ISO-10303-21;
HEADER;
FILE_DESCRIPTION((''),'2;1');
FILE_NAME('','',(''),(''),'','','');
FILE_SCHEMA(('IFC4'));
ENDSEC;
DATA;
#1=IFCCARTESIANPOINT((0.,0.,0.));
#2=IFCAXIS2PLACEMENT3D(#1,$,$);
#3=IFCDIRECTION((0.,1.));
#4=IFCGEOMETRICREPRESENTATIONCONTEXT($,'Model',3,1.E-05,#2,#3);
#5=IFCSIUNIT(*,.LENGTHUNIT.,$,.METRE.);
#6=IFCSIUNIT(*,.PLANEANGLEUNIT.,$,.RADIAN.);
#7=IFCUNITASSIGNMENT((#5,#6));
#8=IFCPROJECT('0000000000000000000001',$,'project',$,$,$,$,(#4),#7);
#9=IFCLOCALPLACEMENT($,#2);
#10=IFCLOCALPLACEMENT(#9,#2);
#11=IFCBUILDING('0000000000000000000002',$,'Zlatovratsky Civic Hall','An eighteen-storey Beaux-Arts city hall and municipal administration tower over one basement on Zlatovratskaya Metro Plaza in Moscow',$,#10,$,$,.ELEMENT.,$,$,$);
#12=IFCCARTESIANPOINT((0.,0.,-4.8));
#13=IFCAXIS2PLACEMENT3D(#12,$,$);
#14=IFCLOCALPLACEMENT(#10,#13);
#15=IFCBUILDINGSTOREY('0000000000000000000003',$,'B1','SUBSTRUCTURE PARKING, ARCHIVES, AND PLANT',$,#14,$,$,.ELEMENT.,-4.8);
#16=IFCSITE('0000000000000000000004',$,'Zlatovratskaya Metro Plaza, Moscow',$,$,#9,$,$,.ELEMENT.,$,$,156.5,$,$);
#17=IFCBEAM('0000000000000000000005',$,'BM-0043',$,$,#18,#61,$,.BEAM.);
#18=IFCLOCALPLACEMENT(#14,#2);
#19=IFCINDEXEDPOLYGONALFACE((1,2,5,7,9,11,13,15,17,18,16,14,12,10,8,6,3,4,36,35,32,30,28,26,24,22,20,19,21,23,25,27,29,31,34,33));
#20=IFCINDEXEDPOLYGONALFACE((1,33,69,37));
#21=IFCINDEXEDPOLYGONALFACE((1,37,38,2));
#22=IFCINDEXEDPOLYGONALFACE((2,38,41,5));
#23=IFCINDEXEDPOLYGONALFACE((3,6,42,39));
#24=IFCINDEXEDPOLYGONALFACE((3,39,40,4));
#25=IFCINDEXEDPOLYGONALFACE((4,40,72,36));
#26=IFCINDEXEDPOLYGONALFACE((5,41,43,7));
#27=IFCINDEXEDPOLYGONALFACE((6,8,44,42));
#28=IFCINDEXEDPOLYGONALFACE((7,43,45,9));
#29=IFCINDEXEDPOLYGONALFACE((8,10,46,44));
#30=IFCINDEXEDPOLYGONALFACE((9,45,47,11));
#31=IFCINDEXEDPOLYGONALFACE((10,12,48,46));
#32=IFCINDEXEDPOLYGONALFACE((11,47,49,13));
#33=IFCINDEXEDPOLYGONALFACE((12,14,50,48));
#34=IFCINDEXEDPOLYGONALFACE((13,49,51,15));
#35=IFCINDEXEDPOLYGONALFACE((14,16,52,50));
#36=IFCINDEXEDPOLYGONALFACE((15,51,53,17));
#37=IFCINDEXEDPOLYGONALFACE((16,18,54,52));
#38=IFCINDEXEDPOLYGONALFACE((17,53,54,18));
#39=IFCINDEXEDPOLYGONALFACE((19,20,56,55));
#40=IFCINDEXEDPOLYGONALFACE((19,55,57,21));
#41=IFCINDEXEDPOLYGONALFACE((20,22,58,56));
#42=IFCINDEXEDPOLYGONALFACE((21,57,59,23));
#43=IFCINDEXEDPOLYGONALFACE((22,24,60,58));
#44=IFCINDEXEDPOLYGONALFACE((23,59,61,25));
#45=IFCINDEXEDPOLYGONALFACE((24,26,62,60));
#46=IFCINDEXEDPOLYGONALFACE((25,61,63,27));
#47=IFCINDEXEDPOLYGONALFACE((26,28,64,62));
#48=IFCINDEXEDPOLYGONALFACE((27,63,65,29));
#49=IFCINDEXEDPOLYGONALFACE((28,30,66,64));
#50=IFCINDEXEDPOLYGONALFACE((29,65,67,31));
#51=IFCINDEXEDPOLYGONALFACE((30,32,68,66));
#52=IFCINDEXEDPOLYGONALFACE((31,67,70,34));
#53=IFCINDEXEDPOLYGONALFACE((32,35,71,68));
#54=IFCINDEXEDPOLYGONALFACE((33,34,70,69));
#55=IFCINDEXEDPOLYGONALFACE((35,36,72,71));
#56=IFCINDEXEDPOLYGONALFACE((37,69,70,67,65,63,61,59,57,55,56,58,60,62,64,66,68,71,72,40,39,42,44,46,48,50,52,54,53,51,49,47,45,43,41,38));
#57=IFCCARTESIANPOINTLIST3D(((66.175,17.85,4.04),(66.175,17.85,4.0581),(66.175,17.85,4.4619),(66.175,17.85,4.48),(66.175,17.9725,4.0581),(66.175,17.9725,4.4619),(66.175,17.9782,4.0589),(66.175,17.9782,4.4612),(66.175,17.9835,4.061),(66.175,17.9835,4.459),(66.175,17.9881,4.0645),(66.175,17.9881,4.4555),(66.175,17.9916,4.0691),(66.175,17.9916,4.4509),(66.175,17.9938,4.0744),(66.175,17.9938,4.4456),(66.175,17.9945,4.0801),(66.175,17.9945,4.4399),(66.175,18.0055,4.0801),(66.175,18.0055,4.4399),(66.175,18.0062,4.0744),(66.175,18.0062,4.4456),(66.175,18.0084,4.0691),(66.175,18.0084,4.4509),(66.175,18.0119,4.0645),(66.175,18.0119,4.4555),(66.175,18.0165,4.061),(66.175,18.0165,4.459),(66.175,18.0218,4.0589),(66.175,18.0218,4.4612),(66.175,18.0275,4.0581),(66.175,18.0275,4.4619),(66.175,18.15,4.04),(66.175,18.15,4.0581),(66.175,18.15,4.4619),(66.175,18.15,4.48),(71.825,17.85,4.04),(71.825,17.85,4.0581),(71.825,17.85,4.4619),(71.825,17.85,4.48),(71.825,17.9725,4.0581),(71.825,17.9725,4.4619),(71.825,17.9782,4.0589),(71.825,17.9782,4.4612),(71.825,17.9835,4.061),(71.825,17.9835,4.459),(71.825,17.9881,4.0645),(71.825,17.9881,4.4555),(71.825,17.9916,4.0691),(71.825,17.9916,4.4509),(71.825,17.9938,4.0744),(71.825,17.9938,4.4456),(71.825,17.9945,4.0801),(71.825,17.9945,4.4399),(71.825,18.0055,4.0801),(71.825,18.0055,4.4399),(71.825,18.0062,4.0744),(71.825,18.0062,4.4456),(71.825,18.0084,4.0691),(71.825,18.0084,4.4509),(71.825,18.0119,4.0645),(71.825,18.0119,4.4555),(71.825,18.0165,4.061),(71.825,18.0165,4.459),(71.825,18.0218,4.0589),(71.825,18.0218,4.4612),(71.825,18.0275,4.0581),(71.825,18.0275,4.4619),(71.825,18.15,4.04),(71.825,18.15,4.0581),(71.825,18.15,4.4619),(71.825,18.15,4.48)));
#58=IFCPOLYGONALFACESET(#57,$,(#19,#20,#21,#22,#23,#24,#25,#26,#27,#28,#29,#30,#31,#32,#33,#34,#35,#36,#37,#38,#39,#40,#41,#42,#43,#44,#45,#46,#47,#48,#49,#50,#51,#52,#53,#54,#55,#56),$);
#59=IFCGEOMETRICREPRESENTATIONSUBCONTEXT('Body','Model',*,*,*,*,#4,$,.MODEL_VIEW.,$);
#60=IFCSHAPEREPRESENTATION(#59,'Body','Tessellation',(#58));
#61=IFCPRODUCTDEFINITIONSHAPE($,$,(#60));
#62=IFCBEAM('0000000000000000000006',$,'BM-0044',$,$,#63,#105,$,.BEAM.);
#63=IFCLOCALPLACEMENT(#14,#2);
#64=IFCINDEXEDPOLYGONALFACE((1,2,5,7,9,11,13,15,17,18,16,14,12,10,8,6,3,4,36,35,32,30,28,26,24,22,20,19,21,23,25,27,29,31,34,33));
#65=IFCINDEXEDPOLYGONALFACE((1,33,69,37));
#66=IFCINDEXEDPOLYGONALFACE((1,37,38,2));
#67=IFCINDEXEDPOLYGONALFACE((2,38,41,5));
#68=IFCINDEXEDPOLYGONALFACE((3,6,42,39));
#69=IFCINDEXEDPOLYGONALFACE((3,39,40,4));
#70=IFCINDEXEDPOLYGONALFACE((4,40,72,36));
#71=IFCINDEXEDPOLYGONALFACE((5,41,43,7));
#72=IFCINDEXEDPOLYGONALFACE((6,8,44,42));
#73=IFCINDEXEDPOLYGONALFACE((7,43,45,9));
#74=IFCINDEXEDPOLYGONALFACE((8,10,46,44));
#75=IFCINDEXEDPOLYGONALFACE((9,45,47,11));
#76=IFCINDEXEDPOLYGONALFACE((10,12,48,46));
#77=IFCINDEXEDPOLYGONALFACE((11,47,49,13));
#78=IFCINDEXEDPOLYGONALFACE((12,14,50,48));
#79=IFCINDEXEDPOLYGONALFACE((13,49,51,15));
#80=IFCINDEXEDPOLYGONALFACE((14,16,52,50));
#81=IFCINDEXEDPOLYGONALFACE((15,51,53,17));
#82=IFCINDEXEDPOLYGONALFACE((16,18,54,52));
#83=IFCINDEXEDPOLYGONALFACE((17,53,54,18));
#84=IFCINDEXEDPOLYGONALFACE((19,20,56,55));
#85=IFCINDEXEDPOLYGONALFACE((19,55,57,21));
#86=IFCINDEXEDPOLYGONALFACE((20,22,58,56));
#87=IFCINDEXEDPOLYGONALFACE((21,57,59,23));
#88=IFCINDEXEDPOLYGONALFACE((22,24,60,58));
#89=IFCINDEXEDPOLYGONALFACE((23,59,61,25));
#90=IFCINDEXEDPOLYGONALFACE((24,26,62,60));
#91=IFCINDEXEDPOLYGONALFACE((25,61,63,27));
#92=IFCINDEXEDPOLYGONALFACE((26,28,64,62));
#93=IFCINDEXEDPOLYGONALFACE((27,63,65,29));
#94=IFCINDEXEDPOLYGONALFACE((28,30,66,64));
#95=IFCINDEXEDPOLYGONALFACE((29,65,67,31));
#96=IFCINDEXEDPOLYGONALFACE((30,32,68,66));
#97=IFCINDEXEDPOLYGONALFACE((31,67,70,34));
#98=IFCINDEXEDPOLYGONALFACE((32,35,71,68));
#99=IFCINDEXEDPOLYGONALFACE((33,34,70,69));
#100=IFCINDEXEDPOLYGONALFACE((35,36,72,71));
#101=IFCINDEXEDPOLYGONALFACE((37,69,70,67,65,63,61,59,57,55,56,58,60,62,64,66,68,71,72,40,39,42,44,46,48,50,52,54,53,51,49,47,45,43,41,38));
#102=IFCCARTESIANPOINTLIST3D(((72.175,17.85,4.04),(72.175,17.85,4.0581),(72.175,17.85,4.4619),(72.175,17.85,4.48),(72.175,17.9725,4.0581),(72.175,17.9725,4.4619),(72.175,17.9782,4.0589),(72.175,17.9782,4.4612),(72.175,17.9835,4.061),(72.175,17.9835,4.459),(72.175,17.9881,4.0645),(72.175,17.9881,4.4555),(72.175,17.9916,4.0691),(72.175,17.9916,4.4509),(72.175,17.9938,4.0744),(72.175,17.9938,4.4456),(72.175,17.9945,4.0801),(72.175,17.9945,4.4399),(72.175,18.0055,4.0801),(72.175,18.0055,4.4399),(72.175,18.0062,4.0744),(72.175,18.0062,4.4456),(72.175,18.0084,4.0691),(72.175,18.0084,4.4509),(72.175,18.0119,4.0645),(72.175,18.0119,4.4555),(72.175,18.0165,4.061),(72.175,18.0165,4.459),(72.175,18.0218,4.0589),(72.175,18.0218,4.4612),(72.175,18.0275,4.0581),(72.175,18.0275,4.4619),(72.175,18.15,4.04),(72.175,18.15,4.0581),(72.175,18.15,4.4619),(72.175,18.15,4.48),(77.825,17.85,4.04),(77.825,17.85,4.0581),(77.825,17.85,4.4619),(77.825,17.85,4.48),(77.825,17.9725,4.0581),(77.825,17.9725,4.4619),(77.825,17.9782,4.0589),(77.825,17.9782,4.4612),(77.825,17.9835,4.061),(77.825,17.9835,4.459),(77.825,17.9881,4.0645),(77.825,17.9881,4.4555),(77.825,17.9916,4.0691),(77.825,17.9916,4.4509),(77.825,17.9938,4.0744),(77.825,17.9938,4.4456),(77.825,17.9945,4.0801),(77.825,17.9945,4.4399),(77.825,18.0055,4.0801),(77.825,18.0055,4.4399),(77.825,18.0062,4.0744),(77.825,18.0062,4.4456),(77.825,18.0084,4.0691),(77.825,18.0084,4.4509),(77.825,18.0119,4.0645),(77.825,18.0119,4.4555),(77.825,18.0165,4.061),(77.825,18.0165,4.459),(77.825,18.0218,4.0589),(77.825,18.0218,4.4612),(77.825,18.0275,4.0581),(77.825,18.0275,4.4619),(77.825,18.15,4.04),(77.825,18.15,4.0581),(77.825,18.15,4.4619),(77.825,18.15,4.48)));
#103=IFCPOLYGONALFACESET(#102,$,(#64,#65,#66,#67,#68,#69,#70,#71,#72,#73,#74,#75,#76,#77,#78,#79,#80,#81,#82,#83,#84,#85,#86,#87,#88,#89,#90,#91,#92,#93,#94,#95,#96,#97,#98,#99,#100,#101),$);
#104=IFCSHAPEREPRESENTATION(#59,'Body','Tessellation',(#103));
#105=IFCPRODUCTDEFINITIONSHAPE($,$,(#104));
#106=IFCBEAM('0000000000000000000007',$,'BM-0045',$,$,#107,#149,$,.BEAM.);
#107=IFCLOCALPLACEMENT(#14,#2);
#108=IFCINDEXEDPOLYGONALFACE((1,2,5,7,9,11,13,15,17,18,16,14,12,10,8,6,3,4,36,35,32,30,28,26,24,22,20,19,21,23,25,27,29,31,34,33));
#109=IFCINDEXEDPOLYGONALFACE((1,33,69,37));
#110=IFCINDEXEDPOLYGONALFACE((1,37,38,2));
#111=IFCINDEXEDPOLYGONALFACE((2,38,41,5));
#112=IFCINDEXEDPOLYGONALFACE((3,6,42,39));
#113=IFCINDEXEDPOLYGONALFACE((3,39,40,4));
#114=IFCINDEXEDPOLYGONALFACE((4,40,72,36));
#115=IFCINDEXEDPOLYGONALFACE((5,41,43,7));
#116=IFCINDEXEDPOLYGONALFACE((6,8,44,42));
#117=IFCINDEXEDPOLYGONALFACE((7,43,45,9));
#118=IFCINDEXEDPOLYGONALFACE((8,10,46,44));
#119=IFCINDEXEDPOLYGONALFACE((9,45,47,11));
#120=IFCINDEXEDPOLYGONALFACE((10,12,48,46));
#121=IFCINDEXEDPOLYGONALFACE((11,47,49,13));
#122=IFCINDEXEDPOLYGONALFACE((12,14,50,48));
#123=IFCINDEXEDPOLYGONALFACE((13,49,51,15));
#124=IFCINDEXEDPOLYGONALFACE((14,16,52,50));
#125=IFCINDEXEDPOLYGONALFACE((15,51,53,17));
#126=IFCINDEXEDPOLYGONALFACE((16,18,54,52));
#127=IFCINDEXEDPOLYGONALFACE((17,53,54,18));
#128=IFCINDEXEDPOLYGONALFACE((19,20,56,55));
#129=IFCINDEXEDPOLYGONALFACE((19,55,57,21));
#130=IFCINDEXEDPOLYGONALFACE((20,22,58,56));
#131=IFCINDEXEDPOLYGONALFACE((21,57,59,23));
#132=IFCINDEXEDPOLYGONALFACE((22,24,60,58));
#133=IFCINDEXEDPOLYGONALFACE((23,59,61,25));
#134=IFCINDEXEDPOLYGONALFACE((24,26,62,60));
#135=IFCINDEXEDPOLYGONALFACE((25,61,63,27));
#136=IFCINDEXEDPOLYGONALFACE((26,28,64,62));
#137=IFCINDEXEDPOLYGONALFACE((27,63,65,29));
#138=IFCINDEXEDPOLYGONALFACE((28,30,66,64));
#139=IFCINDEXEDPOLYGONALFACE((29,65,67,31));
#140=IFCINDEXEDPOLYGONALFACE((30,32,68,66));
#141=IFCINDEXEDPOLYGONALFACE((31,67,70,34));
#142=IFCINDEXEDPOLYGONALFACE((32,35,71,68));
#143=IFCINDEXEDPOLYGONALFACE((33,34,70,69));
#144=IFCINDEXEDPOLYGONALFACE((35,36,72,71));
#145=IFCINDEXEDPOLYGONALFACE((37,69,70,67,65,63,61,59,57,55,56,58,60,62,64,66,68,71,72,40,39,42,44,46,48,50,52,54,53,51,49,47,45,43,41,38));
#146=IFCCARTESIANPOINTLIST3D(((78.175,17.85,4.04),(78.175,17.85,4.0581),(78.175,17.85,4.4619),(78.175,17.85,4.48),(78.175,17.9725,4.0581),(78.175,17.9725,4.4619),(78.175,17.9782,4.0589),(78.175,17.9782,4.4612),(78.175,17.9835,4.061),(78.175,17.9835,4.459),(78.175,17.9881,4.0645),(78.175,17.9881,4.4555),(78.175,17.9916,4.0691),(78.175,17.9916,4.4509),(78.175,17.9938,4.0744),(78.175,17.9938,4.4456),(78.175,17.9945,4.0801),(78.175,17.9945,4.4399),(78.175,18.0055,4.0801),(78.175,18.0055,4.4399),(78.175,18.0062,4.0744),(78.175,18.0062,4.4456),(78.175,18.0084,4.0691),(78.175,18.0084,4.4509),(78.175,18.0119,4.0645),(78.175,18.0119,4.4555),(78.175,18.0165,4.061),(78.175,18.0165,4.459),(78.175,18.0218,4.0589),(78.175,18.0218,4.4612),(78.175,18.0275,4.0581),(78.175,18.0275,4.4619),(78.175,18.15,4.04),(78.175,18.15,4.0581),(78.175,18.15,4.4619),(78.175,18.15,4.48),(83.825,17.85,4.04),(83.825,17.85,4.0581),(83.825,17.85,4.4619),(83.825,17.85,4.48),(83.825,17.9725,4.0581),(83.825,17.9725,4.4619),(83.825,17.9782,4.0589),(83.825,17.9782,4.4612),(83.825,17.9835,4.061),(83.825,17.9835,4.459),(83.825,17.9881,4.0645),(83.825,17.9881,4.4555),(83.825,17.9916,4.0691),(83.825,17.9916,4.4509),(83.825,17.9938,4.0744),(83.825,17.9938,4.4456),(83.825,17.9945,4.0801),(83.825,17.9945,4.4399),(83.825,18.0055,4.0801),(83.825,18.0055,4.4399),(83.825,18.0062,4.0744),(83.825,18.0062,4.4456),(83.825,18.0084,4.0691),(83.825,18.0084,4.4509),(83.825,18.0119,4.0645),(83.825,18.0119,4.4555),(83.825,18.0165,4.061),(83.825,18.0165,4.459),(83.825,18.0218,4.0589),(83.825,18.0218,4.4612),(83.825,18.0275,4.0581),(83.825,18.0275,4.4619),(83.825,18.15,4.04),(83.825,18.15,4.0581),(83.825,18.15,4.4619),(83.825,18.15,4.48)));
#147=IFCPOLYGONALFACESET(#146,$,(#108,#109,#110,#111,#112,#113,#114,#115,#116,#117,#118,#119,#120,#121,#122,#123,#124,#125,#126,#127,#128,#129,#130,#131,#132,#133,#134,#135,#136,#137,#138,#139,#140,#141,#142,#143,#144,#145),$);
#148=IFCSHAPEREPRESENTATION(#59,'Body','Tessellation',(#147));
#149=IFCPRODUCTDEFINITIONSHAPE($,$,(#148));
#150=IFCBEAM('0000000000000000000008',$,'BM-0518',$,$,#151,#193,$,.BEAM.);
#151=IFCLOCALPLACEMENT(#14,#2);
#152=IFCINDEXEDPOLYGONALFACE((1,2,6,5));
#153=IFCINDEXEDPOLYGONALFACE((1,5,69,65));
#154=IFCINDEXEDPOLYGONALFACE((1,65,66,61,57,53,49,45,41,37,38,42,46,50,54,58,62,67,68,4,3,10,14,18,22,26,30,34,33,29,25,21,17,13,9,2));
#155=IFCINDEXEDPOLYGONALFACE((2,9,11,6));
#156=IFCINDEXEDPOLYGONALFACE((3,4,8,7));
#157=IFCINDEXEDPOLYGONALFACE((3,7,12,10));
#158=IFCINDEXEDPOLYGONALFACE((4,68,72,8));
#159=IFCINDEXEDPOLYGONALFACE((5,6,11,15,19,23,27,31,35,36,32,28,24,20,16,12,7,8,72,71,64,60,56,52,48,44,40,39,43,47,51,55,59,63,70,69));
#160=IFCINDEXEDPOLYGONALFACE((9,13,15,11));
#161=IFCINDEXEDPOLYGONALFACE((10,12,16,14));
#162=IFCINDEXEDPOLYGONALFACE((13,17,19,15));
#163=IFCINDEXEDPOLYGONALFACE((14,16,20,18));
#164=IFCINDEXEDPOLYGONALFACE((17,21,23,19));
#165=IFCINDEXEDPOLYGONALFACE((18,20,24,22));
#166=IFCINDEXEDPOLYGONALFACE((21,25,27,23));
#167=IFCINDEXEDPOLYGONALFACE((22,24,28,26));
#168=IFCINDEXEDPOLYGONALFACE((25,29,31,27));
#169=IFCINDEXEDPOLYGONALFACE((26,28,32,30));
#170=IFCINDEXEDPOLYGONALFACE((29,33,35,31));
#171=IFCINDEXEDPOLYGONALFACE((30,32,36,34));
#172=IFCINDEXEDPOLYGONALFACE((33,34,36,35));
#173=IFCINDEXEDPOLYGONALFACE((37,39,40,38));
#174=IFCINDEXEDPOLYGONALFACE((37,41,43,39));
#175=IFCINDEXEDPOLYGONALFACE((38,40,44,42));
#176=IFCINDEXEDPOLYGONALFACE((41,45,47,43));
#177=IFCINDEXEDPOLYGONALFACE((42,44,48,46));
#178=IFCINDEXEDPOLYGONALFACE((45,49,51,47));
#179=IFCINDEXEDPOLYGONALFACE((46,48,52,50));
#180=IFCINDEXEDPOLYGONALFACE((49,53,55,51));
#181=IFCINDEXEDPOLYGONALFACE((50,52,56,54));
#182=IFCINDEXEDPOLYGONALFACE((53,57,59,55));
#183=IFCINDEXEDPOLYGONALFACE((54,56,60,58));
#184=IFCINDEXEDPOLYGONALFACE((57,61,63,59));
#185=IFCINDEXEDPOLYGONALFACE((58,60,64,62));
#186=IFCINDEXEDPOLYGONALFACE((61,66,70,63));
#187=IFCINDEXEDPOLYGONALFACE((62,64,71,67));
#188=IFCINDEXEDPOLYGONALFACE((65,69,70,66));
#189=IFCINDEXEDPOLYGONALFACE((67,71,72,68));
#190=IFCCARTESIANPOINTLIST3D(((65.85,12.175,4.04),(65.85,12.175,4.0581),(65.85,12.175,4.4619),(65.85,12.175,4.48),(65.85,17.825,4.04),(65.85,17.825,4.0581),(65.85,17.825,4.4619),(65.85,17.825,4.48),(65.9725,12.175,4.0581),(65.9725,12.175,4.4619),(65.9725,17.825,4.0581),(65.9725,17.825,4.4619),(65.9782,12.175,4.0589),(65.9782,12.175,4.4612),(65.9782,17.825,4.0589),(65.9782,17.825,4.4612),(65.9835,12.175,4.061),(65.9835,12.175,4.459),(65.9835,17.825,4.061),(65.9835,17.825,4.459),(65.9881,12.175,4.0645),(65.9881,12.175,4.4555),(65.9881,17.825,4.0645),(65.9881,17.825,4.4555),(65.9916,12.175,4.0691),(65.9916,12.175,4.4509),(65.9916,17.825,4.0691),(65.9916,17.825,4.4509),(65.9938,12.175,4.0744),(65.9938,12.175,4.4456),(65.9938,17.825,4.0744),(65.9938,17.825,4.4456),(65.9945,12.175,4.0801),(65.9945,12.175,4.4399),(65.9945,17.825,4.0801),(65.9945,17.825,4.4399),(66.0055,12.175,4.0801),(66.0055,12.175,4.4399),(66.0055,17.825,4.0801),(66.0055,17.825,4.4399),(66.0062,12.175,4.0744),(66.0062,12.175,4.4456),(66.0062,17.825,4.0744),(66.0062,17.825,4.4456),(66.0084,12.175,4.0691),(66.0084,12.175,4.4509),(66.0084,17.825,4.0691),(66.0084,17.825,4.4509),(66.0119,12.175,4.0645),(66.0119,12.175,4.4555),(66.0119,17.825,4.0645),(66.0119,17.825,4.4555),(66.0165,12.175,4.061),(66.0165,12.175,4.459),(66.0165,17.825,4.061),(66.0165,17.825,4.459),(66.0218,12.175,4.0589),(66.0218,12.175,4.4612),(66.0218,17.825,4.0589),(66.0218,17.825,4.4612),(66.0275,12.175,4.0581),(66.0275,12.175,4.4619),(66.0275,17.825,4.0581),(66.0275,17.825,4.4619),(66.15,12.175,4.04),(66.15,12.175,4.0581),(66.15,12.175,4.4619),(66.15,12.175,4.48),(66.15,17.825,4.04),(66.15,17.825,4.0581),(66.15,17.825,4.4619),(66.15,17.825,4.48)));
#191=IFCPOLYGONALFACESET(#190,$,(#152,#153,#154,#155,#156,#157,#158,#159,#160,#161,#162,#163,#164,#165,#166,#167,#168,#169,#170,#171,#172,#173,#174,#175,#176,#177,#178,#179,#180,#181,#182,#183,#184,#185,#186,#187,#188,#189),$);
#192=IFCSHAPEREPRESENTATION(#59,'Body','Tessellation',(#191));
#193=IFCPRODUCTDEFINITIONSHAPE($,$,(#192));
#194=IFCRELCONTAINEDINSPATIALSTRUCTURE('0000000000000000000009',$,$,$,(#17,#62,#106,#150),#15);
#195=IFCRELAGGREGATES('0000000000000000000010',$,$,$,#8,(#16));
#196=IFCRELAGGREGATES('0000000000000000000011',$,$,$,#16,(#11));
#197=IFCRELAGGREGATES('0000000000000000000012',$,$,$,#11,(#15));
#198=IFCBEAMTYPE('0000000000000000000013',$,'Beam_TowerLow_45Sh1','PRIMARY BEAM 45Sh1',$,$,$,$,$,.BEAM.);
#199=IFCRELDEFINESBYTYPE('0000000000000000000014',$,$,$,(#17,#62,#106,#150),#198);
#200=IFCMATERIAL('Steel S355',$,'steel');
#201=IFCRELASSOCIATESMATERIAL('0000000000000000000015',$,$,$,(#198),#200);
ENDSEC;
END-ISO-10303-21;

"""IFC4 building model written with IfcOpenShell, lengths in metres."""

from ifc_helpers import new_model, si_unit, direction, frame, origin, origin_2d, place, context, subcontext, project, spatial, i_section, extrude, material, material_profile, profile_set, type_object, element, save


model = new_model("IFC4")

# Units and contexts
model_context = context("Model", 3, precision=1e-05, world=origin(), true_north=direction((0.0, 1.0)))
body_context = subcontext(model_context, "Body", "Model", "MODEL_VIEW")
ifc_project = project(units=[si_unit("LENGTHUNIT", "METRE"), si_unit("PLANEANGLEUNIT", "RADIAN")], contexts=[model_context])

# Site, building, storey
site_placement = place(None, origin())
site = spatial("IfcSite", under=ifc_project, at=site_placement, Name="Zlatovratskaya Metro Plaza, Moscow", CompositionType="ELEMENT", RefElevation=156.5)
building_placement = place(site_placement, origin())
building = spatial("IfcBuilding", under=site, at=building_placement, Name="Zlatovratsky Civic Hall", Description="An eighteen-storey Beaux-Arts city hall and municipal administration tower over one basement on Zlatovratskaya Metro Plaza in Moscow", CompositionType="ELEMENT")
storey_placement = place(building_placement, frame((0.0, 0.0, -4.8)))
storey = spatial("IfcBuildingStorey", under=building, at=storey_placement, Name="B1", Description="SUBSTRUCTURE PARKING, ARCHIVES, AND PLANT", CompositionType="ELEMENT", Elevation=-4.8)

# Shared definitions
ifc_material_1 = material(Name="Steel S355", Category="steel")

# Beams
ifc_material_profile_1 = material_profile(ifc_material_1, i_section(OverallWidth=0.3, OverallDepth=0.4399, WebThickness=0.011, FlangeThickness=0.0181, FilletRadius=0.022, at=origin_2d()), Name="45Sh1")
ifc_profile_set_1 = profile_set([ifc_material_profile_1], Name="Steel S355")
beam_type_1 = type_object("IfcBeamType", Name="Beam_TowerLow_45Sh1", Description="PRIMARY BEAM 45Sh1", PredefinedType="BEAM", material=ifc_profile_set_1)
for number, where, z_axis, x_axis, name in (
    (1, (66.175, 18.0, 4.26), (1.0, 0.0, 0.0), (0.0, 1.0, 0.0), "BM-0043"),
    (2, (72.175, 18.0, 4.26), (1.0, 0.0, 0.0), (0.0, 1.0, 0.0), "BM-0044"),
    (3, (78.175, 18.0, 4.26), (1.0, 0.0, 0.0), (0.0, 1.0, 0.0), "BM-0045"),
    (4, (66.0, 12.175, 4.26), (0.0, 1.0, 0.0), (-1.0, 0.0, 0.0), "BM-0518"),
):
    element("IfcBeam", number, at=place(storey_placement, frame(where, z_axis=z_axis, x_axis=x_axis)), inside=storey, type_object=beam_type_1, Name=name, PredefinedType="BEAM", context=body_context, shape_type="SweptSolid", body=[
        extrude(i_section(OverallWidth=0.3, OverallDepth=0.4399, WebThickness=0.011, FlangeThickness=0.0181, FilletRadius=0.022, at=origin_2d()), origin(), (0.0, 0.0, 1.0), 5.6499),
    ])

save(model, "model.ifc")
